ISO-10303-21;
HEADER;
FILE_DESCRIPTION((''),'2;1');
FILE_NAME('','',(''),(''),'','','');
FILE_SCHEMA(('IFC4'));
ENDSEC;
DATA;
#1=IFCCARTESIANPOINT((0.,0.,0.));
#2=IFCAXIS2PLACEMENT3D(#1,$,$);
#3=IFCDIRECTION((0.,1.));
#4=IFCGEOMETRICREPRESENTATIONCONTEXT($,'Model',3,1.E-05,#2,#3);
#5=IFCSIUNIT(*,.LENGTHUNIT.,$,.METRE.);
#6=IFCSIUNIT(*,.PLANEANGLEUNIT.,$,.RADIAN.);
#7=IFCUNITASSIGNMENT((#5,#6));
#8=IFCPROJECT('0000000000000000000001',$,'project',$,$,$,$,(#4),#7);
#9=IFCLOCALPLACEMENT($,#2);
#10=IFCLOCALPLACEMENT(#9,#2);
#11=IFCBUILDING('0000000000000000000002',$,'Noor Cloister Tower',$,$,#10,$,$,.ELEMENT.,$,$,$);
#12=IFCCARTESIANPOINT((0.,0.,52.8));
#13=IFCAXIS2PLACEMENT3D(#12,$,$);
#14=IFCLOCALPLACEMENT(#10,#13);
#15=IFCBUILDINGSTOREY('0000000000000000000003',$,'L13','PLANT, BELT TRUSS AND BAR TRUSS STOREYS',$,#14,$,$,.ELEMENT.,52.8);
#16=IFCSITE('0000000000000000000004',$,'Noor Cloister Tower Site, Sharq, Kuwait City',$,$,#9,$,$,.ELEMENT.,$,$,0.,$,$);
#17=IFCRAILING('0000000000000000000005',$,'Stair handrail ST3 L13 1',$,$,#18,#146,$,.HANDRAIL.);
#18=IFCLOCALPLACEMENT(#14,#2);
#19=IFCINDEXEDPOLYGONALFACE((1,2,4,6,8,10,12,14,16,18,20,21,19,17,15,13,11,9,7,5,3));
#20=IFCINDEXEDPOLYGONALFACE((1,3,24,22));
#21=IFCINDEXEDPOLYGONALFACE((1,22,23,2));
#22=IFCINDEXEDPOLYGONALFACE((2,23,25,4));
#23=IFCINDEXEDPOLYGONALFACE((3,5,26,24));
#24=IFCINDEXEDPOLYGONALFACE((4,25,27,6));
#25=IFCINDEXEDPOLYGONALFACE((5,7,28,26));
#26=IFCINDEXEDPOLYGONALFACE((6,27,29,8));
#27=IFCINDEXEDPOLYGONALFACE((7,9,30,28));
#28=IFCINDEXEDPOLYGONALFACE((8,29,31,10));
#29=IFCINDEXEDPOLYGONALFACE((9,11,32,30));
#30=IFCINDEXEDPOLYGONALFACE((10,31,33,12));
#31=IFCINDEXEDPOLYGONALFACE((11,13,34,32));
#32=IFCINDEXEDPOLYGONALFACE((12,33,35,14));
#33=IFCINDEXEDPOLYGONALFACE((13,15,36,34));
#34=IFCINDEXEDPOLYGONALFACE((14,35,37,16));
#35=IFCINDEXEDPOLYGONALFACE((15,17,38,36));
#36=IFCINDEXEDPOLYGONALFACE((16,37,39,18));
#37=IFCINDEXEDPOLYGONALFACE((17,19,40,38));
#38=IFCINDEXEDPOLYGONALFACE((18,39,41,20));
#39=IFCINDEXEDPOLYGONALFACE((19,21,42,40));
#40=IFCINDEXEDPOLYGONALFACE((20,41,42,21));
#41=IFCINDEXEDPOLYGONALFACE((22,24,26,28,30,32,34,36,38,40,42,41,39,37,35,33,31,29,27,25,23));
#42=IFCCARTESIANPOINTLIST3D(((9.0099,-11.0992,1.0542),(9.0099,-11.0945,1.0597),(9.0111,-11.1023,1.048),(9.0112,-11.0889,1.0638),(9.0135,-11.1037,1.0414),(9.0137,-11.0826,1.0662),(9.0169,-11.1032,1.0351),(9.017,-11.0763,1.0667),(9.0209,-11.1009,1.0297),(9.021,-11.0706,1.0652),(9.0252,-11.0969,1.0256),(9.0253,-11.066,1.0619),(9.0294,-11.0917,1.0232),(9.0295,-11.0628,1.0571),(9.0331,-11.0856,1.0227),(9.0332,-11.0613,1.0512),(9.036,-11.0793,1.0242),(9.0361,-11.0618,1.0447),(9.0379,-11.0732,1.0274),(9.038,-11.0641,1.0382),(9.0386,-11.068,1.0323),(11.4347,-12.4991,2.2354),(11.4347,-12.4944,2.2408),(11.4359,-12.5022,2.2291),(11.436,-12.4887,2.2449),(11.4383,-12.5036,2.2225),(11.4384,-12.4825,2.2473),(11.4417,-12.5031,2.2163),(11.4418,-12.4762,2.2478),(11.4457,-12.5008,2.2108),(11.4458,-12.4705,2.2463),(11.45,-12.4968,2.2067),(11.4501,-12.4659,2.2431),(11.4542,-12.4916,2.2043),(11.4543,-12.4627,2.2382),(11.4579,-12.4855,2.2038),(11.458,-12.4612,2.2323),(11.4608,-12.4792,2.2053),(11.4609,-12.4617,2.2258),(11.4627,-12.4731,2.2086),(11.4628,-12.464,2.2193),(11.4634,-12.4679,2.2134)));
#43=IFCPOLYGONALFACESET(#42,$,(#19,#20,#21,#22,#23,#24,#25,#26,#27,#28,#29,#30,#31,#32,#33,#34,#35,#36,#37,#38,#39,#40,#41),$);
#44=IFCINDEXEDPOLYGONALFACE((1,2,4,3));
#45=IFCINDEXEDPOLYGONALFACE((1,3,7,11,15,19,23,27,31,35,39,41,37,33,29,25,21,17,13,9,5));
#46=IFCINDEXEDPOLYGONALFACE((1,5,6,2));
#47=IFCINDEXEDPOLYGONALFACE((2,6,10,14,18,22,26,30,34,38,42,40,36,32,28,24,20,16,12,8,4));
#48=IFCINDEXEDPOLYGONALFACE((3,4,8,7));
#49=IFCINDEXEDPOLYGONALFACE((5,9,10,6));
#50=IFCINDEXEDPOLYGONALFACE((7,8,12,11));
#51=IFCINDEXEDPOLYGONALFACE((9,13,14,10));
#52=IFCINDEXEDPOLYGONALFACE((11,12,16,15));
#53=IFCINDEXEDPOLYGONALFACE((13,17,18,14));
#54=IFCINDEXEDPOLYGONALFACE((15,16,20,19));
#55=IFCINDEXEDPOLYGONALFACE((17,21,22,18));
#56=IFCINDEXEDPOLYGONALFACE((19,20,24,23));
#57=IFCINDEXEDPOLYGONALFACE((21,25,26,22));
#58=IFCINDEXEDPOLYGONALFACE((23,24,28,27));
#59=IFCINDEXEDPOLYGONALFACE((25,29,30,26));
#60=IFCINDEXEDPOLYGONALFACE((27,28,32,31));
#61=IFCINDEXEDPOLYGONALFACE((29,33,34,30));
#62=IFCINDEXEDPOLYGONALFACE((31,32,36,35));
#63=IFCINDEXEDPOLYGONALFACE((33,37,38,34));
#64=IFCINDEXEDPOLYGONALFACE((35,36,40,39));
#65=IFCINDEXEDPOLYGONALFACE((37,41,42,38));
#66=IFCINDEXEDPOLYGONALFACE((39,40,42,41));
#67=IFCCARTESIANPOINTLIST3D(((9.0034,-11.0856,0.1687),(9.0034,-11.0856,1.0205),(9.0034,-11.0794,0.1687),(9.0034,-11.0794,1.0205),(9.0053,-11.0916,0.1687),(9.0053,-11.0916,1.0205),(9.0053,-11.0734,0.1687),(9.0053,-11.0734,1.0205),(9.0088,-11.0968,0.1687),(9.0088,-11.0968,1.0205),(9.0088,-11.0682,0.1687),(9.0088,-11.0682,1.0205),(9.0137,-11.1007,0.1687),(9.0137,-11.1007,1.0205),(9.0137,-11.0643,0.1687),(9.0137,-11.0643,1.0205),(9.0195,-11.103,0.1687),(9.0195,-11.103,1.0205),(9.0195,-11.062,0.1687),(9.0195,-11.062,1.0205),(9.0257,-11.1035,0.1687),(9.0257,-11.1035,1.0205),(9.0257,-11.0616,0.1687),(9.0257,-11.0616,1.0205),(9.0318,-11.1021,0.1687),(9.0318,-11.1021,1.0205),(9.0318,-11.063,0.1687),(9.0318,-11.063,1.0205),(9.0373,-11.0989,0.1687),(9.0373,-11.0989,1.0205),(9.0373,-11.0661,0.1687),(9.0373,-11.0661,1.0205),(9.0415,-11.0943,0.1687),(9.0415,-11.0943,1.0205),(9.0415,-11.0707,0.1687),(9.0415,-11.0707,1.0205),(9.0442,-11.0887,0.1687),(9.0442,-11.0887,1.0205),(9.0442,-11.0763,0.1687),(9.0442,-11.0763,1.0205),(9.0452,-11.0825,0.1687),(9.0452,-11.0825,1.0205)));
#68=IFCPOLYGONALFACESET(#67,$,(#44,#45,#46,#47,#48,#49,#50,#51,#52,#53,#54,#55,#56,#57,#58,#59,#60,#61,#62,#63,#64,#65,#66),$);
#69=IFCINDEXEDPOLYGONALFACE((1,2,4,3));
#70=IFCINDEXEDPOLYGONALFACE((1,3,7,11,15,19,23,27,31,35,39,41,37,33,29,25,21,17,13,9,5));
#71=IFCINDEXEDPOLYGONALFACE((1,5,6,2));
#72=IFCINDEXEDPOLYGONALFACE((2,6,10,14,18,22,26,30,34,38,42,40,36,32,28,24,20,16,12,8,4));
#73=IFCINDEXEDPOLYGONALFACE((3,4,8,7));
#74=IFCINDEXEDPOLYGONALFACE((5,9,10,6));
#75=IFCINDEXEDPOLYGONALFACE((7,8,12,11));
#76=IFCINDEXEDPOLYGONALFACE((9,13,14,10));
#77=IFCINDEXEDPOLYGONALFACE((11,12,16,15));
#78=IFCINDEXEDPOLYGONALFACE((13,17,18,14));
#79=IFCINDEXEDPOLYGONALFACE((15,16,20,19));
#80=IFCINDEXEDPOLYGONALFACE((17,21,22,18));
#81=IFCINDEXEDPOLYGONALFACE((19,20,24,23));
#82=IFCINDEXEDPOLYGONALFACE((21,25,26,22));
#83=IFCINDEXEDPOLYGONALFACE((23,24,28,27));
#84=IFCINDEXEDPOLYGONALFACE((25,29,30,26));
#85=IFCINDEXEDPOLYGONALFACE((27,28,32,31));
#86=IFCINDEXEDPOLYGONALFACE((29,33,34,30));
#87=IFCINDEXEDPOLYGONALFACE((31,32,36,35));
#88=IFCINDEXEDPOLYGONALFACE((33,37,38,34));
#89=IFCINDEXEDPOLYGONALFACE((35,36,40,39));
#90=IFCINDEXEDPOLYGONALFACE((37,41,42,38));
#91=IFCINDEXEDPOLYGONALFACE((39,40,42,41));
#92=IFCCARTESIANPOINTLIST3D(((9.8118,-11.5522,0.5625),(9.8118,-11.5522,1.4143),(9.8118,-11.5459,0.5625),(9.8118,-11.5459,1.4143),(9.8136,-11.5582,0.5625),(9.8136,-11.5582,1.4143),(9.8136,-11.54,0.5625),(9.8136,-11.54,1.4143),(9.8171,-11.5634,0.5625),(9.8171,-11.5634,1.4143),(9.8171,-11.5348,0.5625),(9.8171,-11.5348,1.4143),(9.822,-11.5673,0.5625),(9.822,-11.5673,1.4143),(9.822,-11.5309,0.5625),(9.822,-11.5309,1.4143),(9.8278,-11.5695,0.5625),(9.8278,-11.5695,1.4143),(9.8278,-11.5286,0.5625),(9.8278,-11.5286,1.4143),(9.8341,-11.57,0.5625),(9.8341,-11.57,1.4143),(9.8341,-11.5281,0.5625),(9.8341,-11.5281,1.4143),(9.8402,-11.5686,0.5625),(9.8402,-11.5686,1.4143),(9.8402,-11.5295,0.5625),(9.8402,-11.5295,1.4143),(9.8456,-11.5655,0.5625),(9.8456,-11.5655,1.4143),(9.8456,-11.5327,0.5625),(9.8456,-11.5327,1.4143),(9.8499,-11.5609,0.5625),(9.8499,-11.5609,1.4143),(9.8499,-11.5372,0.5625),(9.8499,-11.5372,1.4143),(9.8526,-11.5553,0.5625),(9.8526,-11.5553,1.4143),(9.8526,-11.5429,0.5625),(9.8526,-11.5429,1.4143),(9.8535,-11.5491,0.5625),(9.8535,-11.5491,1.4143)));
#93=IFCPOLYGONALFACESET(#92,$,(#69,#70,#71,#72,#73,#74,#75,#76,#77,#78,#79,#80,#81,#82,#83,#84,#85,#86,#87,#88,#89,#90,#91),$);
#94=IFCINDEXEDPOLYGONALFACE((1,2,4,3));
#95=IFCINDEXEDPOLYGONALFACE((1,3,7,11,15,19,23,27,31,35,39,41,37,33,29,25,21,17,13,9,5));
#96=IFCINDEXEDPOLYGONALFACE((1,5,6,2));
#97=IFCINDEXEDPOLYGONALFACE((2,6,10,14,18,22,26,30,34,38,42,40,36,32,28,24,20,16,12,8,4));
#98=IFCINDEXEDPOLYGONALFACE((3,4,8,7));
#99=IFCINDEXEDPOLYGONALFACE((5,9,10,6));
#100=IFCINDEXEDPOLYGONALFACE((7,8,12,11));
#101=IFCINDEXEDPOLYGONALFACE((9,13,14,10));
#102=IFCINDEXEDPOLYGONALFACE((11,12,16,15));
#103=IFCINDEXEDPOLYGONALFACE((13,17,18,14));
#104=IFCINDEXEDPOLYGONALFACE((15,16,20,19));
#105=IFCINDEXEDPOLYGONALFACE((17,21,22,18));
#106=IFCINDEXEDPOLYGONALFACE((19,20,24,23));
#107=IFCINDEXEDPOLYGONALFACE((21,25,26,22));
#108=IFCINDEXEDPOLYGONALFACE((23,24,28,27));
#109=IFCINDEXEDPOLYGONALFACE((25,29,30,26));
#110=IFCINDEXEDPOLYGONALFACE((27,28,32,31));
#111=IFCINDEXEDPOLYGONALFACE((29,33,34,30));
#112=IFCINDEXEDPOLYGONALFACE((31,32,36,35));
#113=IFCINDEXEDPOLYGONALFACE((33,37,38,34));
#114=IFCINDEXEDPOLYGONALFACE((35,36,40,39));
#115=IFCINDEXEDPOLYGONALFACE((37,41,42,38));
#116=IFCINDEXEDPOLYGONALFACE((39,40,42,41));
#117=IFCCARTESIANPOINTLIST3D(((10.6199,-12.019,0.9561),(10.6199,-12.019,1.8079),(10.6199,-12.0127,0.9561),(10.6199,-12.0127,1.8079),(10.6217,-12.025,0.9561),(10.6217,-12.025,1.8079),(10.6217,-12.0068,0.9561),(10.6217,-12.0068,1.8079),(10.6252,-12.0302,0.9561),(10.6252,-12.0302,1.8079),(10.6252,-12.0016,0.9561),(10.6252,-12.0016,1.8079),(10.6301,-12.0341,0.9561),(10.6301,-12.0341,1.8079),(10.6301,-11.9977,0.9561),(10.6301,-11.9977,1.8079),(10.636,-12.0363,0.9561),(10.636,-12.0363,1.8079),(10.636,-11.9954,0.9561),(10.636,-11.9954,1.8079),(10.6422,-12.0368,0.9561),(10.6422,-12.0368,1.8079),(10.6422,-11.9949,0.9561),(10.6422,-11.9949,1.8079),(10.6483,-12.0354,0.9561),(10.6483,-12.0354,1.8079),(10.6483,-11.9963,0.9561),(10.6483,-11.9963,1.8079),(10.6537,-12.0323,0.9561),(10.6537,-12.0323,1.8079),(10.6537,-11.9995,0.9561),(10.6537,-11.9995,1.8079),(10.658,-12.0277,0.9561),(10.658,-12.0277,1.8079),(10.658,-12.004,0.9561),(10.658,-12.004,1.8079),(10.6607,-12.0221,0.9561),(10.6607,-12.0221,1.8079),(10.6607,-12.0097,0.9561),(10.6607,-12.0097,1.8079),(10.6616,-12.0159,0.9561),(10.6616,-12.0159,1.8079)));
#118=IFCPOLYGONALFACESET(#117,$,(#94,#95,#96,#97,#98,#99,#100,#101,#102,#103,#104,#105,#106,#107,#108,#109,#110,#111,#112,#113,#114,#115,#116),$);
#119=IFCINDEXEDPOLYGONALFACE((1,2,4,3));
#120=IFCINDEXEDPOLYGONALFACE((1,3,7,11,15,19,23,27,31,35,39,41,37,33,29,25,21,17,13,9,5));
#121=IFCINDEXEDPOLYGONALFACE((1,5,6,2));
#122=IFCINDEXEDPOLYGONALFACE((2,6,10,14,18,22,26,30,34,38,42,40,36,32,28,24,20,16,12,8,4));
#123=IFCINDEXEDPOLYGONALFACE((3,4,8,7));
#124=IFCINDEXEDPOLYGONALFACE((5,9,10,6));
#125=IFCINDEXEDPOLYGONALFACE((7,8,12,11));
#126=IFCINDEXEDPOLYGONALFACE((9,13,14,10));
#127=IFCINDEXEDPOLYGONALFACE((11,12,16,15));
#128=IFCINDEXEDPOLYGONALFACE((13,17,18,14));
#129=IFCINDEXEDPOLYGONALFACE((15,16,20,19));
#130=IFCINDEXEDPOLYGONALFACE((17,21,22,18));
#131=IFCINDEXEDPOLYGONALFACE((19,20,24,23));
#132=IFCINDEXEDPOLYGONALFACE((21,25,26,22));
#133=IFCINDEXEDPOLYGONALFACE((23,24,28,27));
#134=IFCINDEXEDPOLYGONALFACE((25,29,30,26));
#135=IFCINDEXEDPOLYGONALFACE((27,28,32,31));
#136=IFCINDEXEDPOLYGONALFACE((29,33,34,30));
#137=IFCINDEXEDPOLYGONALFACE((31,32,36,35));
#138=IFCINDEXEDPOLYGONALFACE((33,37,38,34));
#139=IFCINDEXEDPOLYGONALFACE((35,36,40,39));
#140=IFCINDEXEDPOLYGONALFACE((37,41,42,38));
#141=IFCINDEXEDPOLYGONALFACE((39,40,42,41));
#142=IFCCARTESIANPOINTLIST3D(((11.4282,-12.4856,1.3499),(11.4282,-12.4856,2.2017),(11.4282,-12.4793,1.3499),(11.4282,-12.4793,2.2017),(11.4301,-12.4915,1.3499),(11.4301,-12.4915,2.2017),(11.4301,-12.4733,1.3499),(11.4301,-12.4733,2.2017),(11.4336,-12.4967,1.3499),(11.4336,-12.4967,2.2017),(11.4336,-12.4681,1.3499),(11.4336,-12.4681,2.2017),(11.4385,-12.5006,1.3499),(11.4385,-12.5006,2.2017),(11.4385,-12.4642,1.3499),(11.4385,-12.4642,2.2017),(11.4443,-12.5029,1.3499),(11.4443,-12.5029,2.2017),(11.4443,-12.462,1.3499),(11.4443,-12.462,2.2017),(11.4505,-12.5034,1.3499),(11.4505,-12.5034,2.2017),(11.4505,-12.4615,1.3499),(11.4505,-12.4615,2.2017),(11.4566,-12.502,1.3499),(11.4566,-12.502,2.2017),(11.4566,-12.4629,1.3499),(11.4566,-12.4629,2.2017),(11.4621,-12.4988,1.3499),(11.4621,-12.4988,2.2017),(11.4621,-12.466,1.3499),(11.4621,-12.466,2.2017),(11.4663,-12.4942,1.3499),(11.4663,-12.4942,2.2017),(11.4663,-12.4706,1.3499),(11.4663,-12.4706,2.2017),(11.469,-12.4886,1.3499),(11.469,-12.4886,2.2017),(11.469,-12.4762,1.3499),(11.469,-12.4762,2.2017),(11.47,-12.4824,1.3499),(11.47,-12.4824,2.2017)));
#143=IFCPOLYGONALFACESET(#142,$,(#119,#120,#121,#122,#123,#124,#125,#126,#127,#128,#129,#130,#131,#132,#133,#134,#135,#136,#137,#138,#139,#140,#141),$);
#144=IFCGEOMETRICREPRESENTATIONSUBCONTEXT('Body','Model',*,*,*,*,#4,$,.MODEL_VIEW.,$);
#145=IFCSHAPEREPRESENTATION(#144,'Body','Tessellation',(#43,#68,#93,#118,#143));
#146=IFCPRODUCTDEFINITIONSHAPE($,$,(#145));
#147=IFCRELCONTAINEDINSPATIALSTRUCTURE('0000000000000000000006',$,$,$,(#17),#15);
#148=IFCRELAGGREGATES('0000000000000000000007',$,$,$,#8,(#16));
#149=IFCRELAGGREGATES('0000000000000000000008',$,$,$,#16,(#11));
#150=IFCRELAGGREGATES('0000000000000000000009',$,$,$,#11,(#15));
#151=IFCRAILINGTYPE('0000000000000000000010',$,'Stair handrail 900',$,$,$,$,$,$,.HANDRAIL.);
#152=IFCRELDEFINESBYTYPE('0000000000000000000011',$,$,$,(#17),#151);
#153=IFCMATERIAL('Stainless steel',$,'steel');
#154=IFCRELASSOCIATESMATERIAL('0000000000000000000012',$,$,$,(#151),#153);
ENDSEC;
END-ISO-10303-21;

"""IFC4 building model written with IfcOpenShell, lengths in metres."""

from ifc_helpers import new_model, si_unit, direction, frame, origin, origin_2d, place, context, subcontext, project, spatial, circle, extrude, material, type_object, element, save


model = new_model("IFC4")

# Units and contexts
model_context = context("Model", 3, precision=1e-05, world=origin(), true_north=direction((0.0, 1.0)))
body_context = subcontext(model_context, "Body", "Model", "MODEL_VIEW")
ifc_project = project(units=[si_unit("LENGTHUNIT", "METRE"), si_unit("PLANEANGLEUNIT", "RADIAN")], contexts=[model_context])

# Site, building, storey
site_placement = place(None, origin())
site = spatial("IfcSite", under=ifc_project, at=site_placement, Name="Noor Cloister Tower Site, Sharq, Kuwait City", CompositionType="ELEMENT", RefElevation=0.0)
building_placement = place(site_placement, origin())
building = spatial("IfcBuilding", under=site, at=building_placement, Name="Noor Cloister Tower", CompositionType="ELEMENT")
storey_placement = place(building_placement, frame((0.0, 0.0, 52.8)))
storey = spatial("IfcBuildingStorey", under=building, at=storey_placement, Name="L13", Description="PLANT, BELT TRUSS AND BAR TRUSS STOREYS", CompositionType="ELEMENT", Elevation=52.8)

# Railing
ifc_material_1 = material(Name="Stainless steel", Category="steel")
railing_type = type_object("IfcRailingType", Name="Stair handrail 900", PredefinedType="HANDRAIL", material=ifc_material_1)
railing_1_placement = place(storey_placement, frame((9.0242, -11.0825, 0.1687)))
element("IfcRailing", 1, at=railing_1_placement, inside=storey, type_object=railing_type, Name="Stair handrail ST3 L13 1", PredefinedType="HANDRAIL", context=body_context, shape_type="SweptSolid", body=[
    extrude(circle(Radius=0.0239, at=origin_2d()), frame((0.0, 0.0, 0.876), z_axis=(0.797939, -0.460671, 0.388686), x_axis=(0.499984, 0.866035, 0.0)), (0.0, 0.0, 1.0), 3.0388),
    extrude(circle(Radius=0.021, at=origin_2d()), origin(), (0.0, 0.0, 1.0), 0.8518),
    extrude(circle(Radius=0.021, at=origin_2d()), frame((0.8083, -0.4666, 0.3938)), (0.0, 0.0, 1.0), 0.8518),
    extrude(circle(Radius=0.021, at=origin_2d()), frame((1.6165, -0.9333, 0.7874)), (0.0, 0.0, 1.0), 0.8518),
    extrude(circle(Radius=0.021, at=origin_2d()), frame((2.4248, -1.3999, 1.1812)), (0.0, 0.0, 1.0), 0.8518),
])

save(model, "model.ifc")
